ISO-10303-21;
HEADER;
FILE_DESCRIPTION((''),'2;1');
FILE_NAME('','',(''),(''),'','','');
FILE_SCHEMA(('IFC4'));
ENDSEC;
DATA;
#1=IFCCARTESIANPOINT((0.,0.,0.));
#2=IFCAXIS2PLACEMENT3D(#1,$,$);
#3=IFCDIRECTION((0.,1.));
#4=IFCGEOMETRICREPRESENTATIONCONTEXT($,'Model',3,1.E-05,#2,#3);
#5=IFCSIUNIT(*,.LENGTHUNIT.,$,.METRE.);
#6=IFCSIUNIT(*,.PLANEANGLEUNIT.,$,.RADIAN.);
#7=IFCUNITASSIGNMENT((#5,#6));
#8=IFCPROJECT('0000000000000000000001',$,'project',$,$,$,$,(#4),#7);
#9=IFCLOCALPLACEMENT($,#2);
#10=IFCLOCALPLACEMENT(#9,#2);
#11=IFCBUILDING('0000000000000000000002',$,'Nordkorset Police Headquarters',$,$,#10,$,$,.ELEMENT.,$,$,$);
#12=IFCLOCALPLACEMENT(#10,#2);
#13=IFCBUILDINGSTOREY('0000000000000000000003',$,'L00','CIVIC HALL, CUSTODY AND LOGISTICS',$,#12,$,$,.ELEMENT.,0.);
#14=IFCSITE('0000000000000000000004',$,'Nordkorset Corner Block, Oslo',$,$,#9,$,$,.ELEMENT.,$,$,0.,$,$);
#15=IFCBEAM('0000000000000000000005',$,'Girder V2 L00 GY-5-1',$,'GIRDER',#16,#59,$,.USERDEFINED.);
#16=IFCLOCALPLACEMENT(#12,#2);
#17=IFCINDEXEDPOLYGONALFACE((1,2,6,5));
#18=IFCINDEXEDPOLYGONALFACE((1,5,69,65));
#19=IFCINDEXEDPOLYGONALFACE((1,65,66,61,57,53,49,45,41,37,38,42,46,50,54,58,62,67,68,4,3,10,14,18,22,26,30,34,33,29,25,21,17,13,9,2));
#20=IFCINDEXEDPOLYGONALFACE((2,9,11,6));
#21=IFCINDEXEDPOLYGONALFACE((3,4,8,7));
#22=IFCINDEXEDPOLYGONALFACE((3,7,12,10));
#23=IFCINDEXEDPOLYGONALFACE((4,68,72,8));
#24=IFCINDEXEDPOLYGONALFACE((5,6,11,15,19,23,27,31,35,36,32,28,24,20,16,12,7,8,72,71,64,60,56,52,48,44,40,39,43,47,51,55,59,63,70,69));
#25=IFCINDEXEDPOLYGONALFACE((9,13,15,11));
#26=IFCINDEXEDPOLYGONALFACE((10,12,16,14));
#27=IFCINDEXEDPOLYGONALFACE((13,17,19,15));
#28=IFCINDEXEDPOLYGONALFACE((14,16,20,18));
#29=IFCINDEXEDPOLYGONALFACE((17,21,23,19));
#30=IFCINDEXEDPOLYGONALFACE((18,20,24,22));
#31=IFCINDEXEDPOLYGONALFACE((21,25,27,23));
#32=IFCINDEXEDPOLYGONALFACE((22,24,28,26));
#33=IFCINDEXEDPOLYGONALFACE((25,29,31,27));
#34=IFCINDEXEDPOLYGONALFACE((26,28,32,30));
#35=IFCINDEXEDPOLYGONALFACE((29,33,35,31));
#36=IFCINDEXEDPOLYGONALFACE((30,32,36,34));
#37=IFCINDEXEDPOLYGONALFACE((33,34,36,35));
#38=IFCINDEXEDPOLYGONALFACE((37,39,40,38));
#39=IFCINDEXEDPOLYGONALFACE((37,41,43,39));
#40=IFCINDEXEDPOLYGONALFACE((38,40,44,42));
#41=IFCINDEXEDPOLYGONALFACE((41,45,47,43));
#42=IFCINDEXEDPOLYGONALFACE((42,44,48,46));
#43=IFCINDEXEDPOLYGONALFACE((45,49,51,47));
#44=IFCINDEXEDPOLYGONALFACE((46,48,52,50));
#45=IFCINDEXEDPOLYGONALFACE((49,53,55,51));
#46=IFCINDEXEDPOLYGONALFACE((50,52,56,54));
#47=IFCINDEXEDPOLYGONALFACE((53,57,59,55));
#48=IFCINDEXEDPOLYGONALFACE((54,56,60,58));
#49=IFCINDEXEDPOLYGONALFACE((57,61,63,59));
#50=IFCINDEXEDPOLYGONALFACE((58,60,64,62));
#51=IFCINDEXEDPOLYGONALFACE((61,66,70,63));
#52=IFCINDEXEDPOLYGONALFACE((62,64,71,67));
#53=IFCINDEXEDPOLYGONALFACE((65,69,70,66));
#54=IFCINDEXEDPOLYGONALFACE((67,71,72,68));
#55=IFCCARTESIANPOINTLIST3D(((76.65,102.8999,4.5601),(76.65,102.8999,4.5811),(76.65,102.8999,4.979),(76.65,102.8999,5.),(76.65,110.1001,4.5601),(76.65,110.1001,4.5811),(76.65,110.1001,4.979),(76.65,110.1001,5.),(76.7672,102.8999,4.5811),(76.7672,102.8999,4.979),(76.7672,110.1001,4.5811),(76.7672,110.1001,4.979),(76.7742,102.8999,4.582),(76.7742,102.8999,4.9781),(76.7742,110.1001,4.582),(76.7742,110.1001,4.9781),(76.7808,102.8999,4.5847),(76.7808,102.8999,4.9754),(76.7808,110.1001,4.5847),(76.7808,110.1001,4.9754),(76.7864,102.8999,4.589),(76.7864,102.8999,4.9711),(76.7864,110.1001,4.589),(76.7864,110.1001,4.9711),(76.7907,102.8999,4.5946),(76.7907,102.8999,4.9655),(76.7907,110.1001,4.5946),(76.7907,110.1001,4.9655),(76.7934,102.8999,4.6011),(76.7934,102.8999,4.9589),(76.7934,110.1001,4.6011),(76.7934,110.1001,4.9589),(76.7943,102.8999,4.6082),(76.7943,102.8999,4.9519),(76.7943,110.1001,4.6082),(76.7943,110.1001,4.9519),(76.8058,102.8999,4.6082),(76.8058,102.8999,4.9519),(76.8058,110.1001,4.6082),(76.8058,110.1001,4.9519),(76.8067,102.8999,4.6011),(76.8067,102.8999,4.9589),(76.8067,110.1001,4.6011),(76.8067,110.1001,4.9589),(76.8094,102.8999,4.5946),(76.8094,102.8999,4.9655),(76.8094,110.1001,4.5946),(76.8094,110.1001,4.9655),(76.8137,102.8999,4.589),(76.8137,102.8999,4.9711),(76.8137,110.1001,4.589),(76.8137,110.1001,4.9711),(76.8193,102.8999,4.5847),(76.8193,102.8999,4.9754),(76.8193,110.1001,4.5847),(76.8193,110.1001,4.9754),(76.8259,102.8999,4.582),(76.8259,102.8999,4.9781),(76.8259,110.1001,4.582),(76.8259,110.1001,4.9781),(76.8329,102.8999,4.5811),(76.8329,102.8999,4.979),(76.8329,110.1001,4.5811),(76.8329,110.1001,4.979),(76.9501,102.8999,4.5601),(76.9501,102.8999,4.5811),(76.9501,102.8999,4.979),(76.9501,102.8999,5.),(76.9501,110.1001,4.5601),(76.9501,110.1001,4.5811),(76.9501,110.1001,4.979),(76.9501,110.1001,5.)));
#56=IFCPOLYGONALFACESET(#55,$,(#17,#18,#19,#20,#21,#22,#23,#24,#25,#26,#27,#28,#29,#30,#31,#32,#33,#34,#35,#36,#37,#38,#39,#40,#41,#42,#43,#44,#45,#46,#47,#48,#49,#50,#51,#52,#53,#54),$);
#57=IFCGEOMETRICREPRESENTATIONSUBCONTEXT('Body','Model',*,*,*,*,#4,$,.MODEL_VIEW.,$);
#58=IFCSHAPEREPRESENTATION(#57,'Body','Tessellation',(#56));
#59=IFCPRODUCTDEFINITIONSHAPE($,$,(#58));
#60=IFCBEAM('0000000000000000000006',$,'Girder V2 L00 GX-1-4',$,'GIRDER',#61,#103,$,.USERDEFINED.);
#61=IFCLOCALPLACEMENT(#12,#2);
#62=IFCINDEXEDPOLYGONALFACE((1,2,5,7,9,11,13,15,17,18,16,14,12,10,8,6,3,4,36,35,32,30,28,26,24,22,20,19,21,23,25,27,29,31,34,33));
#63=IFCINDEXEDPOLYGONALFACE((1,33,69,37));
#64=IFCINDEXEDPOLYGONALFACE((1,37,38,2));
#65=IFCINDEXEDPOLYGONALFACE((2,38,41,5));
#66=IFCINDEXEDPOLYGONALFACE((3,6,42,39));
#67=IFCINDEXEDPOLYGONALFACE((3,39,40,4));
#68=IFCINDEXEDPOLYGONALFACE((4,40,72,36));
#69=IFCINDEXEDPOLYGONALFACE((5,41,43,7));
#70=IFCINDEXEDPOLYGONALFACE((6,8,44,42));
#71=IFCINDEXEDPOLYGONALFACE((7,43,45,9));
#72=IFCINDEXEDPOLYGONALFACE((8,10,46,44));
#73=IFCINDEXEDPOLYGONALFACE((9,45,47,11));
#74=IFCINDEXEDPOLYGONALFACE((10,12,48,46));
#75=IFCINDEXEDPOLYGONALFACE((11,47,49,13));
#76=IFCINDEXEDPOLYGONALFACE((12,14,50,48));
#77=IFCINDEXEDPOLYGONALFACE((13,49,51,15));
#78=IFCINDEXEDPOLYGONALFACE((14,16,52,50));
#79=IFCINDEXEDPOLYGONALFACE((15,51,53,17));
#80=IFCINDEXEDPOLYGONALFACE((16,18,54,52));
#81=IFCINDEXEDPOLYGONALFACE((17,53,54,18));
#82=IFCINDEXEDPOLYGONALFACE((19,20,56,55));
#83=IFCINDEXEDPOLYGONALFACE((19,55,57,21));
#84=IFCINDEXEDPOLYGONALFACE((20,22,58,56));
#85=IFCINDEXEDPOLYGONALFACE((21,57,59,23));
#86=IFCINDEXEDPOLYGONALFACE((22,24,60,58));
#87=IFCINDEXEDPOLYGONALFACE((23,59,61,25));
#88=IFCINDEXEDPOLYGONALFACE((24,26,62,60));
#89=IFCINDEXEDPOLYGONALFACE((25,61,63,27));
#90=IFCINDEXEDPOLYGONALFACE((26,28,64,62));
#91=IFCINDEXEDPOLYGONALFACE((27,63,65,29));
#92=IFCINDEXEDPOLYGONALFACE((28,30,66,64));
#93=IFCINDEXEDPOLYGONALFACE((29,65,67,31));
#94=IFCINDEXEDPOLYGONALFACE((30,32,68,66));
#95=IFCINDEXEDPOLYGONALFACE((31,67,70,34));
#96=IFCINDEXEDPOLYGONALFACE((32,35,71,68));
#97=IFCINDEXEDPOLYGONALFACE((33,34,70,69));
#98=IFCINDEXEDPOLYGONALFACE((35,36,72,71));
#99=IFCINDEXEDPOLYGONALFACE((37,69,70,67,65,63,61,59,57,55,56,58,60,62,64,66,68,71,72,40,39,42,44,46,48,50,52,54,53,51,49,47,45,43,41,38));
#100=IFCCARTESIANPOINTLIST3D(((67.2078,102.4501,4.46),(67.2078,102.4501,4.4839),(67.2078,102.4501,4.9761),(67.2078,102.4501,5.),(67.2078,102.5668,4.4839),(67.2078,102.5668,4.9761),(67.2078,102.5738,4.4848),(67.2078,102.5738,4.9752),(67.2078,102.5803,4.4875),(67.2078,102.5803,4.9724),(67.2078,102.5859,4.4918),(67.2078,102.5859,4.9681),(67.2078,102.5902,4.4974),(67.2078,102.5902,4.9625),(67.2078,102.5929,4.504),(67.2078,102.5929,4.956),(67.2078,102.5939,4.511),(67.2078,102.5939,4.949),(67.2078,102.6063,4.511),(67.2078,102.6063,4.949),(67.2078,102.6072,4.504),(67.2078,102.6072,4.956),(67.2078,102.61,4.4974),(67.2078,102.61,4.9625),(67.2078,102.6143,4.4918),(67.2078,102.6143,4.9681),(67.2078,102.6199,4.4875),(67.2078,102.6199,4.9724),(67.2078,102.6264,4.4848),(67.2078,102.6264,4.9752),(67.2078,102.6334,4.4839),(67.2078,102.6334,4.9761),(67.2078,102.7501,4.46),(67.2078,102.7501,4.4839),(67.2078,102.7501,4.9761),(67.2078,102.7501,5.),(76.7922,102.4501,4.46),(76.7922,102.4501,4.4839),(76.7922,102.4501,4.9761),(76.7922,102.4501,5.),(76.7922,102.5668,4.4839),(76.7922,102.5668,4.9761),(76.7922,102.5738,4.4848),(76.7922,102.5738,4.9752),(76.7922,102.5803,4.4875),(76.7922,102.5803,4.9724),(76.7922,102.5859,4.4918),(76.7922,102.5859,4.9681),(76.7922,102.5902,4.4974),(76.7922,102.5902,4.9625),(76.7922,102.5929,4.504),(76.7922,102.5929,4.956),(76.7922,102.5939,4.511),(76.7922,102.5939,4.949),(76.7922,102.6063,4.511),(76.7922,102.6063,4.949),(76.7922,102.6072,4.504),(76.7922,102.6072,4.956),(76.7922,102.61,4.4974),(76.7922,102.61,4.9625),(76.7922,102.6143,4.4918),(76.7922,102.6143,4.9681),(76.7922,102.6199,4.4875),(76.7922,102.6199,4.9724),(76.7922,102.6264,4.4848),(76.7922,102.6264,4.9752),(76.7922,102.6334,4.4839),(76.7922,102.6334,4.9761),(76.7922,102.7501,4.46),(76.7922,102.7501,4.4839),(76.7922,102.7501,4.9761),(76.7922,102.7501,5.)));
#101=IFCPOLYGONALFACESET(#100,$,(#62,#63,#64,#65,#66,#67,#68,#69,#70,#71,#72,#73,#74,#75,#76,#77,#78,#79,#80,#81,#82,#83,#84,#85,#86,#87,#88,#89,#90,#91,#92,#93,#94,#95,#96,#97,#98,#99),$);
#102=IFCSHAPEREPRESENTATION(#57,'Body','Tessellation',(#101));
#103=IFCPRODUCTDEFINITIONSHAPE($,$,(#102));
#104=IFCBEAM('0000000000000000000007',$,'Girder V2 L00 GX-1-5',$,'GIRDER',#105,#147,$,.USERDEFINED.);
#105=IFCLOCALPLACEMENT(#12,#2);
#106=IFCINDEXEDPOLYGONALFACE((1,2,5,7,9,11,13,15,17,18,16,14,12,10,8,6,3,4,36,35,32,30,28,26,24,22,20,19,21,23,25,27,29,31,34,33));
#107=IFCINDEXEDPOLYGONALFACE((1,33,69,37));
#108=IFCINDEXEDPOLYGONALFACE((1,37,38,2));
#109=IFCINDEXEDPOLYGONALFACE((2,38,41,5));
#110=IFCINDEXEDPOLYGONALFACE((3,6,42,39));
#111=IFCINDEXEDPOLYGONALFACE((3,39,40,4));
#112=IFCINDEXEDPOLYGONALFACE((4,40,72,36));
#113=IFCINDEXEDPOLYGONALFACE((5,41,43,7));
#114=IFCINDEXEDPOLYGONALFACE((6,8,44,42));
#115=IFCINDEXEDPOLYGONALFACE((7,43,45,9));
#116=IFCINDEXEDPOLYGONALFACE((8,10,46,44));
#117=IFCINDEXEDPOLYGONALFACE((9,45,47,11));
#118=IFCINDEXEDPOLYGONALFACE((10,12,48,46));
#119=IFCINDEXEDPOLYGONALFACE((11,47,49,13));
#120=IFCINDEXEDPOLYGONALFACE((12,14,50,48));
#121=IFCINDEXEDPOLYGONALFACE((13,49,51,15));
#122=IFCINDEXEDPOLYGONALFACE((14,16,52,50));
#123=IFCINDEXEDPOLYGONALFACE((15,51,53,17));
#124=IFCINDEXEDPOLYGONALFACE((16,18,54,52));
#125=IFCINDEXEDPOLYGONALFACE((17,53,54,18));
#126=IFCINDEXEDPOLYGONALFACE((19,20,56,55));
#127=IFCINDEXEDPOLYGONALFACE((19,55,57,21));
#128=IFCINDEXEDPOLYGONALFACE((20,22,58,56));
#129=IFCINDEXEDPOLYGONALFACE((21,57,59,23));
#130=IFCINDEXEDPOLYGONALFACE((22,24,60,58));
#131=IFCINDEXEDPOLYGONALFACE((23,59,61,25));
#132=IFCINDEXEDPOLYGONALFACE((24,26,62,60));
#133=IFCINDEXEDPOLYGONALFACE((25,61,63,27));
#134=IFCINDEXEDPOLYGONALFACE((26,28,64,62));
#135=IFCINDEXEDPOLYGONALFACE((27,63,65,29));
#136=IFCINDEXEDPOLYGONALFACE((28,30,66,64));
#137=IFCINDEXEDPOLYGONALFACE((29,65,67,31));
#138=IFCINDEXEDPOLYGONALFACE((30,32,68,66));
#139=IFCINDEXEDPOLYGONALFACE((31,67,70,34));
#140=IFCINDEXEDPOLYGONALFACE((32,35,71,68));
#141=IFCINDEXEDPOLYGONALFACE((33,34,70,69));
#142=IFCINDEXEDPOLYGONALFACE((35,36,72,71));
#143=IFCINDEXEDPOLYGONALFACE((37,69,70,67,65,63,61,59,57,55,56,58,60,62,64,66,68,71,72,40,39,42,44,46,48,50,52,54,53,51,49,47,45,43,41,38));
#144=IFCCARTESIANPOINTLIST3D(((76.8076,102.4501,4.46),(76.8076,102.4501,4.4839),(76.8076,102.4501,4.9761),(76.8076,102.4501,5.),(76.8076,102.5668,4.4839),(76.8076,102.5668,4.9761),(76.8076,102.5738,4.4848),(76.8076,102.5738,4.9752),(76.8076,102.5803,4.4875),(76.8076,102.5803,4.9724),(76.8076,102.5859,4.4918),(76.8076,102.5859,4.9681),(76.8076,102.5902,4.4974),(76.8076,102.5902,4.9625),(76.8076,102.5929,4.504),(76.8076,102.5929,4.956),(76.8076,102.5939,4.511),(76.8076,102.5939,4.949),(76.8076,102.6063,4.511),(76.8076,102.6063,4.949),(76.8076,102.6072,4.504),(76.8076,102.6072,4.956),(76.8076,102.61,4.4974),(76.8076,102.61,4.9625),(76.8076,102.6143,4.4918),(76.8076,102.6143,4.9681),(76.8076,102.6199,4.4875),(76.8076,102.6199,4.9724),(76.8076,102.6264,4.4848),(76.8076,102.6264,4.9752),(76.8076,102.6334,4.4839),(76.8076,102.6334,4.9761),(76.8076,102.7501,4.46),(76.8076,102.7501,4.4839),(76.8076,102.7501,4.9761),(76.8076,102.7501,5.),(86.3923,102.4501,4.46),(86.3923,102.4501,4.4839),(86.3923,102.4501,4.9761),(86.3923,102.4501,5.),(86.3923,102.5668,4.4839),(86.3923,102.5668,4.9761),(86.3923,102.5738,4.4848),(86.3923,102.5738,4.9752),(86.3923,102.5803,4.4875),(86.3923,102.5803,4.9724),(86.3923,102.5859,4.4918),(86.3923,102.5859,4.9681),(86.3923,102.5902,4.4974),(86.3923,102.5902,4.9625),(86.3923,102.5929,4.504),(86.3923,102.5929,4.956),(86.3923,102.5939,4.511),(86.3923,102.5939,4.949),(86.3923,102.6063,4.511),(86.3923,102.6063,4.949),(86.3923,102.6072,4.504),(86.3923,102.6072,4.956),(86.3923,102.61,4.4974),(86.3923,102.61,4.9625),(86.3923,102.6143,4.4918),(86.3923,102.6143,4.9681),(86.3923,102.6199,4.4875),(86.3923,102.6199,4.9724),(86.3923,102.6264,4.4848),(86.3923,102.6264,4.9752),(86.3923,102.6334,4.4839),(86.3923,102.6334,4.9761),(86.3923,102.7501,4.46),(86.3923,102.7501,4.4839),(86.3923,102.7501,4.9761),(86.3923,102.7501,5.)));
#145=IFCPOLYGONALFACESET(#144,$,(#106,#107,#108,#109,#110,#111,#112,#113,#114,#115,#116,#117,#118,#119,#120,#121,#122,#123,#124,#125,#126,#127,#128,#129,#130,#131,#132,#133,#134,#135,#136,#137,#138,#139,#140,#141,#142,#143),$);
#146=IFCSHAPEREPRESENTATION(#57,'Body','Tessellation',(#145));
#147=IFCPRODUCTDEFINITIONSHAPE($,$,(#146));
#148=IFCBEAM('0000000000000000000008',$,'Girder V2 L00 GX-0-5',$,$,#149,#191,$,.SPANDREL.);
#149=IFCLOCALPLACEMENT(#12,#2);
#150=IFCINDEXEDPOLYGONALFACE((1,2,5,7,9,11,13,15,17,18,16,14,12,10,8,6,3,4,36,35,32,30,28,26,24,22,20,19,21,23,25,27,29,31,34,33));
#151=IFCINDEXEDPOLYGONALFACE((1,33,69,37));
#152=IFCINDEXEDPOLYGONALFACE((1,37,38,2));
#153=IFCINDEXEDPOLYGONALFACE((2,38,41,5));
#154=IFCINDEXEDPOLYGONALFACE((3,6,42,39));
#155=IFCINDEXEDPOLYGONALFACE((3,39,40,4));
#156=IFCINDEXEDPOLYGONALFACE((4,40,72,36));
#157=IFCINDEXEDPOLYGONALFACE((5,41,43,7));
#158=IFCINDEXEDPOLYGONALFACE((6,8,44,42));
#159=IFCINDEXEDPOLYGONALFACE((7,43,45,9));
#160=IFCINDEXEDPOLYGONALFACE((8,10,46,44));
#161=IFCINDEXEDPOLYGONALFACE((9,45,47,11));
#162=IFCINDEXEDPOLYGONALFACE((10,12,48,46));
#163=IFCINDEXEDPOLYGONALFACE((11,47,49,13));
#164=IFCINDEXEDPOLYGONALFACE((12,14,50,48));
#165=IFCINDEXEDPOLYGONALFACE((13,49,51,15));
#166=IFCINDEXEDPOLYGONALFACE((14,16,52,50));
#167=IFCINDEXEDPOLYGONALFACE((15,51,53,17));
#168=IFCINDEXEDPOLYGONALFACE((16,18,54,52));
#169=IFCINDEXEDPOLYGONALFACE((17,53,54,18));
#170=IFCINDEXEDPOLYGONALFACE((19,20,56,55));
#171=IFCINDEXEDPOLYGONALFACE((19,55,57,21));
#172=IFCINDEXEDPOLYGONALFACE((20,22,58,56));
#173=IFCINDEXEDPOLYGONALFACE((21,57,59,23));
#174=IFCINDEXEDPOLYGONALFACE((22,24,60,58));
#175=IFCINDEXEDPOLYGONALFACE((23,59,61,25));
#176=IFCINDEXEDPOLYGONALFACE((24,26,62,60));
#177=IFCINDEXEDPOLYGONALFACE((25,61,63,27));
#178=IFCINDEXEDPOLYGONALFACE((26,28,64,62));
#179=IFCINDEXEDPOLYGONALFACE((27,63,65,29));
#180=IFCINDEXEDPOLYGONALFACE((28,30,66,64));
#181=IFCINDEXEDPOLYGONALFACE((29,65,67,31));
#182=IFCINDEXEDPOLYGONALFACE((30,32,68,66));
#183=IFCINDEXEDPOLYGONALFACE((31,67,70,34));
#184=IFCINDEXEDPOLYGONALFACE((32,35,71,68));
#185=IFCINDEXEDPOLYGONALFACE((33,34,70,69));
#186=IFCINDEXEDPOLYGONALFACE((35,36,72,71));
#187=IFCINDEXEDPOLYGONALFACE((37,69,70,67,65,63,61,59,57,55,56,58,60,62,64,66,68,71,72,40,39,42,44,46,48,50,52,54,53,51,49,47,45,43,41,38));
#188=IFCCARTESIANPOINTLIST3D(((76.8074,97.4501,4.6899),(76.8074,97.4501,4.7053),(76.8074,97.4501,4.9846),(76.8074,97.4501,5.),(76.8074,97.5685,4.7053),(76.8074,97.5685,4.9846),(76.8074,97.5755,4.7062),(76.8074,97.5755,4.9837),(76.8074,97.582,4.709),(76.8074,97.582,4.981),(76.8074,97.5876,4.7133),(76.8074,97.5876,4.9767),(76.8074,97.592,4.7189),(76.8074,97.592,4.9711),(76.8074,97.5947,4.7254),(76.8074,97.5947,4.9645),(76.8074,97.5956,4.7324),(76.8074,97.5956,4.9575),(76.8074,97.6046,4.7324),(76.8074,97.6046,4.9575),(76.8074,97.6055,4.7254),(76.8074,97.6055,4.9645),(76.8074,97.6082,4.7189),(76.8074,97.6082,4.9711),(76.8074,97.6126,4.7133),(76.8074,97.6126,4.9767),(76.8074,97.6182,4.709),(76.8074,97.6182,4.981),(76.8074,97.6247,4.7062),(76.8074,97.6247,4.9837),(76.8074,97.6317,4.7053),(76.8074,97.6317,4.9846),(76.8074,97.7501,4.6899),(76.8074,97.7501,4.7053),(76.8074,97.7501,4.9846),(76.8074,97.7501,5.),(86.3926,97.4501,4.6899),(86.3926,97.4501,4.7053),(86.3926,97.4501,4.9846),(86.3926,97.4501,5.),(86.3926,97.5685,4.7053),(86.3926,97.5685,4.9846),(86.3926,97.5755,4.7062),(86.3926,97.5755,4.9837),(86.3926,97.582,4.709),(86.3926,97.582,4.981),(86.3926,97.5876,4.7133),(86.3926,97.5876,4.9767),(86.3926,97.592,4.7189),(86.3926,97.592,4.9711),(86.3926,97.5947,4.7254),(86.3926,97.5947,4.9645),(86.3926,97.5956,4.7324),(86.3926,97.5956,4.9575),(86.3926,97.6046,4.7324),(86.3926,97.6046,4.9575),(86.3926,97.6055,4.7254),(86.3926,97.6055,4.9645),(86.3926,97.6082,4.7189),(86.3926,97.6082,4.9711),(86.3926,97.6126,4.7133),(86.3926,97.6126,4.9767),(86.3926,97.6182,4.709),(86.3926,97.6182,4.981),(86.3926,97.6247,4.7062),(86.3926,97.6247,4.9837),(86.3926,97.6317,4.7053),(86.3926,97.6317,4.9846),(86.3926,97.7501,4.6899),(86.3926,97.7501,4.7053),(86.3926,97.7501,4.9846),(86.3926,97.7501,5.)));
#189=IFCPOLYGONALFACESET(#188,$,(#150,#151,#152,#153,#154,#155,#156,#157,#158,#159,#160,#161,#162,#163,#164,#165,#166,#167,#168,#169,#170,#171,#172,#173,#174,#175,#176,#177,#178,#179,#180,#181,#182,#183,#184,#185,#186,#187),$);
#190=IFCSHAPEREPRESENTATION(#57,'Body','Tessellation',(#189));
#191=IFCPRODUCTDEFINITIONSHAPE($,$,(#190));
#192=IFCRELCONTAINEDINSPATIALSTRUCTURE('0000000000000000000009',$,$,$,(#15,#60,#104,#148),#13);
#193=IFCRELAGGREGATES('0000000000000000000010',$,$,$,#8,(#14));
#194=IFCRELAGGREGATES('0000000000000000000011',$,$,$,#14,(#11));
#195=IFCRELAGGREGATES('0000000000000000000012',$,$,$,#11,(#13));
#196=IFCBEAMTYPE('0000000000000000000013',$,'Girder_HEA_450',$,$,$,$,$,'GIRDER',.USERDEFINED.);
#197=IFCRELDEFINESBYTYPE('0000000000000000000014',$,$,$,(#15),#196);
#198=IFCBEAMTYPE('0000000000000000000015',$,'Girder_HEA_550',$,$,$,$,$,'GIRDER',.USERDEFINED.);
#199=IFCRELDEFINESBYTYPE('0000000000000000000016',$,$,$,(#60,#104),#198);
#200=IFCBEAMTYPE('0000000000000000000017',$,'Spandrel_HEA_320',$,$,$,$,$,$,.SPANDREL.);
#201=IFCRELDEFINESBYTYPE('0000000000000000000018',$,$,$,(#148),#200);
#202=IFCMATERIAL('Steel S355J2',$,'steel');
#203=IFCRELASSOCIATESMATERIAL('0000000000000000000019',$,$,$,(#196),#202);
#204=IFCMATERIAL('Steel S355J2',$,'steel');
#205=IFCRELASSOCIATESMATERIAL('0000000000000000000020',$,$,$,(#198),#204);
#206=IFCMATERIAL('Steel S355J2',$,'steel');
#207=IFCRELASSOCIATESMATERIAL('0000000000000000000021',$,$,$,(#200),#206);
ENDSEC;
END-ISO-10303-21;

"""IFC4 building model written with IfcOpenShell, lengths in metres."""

from ifc_helpers import new_model, si_unit, direction, frame, origin, origin_2d, place, context, subcontext, project, spatial, i_section, extrude, material, material_profile, profile_set, type_object, element, save


model = new_model("IFC4")

# Units and contexts
model_context = context("Model", 3, precision=1e-05, world=origin(), true_north=direction((0.0, 1.0)))
body_context = subcontext(model_context, "Body", "Model", "MODEL_VIEW")
ifc_project = project(units=[si_unit("LENGTHUNIT", "METRE"), si_unit("PLANEANGLEUNIT", "RADIAN")], contexts=[model_context])

# Site, building, storey
site_placement = place(None, origin())
site = spatial("IfcSite", under=ifc_project, at=site_placement, Name="Nordkorset Corner Block, Oslo", CompositionType="ELEMENT", RefElevation=0.0)
building_placement = place(site_placement, origin())
building = spatial("IfcBuilding", under=site, at=building_placement, Name="Nordkorset Police Headquarters", CompositionType="ELEMENT")
storey_placement = place(building_placement, origin())
storey = spatial("IfcBuildingStorey", under=building, at=storey_placement, Name="L00", Description="CIVIC HALL, CUSTODY AND LOGISTICS", CompositionType="ELEMENT", Elevation=0.0)

# Beams
ifc_material_1 = material(Name="Steel S355J2", Category="steel")
ifc_material_profile_1 = material_profile(ifc_material_1, i_section(OverallWidth=0.3, OverallDepth=0.4399, WebThickness=0.0115, FlangeThickness=0.021, FilletRadius=0.0271, at=origin_2d()), Name="HEA 450")
ifc_profile_set_1 = profile_set([ifc_material_profile_1], Name="Steel S355J2")
beam_type_1 = type_object("IfcBeamType", Name="Girder_HEA_450", ElementType="GIRDER", PredefinedType="USERDEFINED", material=ifc_profile_set_1)
beam_1_placement = place(storey_placement, frame((76.8, 102.8999, 4.78), z_axis=(0.0, 1.0, 0.0), x_axis=(-1.0, 0.0, 0.0)))
element("IfcBeam", 1, at=beam_1_placement, inside=storey, type_object=beam_type_1, Name="Girder V2 L00 GY-5-1", ObjectType="GIRDER", PredefinedType="USERDEFINED", context=body_context, shape_type="SweptSolid", body=[
    extrude(i_section(OverallWidth=0.3, OverallDepth=0.4399, WebThickness=0.0115, FlangeThickness=0.021, FilletRadius=0.0271, at=origin_2d()), origin(), (0.0, 0.0, 1.0), 7.2002),
])
ifc_material_2 = material(Name="Steel S355J2", Category="steel")
ifc_material_profile_2 = material_profile(ifc_material_2, i_section(OverallWidth=0.3, OverallDepth=0.54, WebThickness=0.0125, FlangeThickness=0.0239, FilletRadius=0.0271, at=origin_2d()), Name="HEA 550")
ifc_profile_set_2 = profile_set([ifc_material_profile_2], Name="Steel S355J2")
beam_type_2 = type_object("IfcBeamType", Name="Girder_HEA_550", ElementType="GIRDER", PredefinedType="USERDEFINED", material=ifc_profile_set_2)
beam_2_placement = place(storey_placement, frame((67.2078, 102.6001, 4.73), z_axis=(1.0, 0.0, 0.0), x_axis=(0.0, 1.0, 0.0)))
element("IfcBeam", 2, at=beam_2_placement, inside=storey, type_object=beam_type_2, Name="Girder V2 L00 GX-1-4", ObjectType="GIRDER", PredefinedType="USERDEFINED", context=body_context, shape_type="SweptSolid", body=[
    extrude(i_section(OverallWidth=0.3, OverallDepth=0.54, WebThickness=0.0125, FlangeThickness=0.0239, FilletRadius=0.0271, at=origin_2d()), origin(), (0.0, 0.0, 1.0), 9.5845),
])
beam_3_placement = place(storey_placement, frame((76.8076, 102.6001, 4.73), z_axis=(1.0, 0.0, 0.0), x_axis=(0.0, 1.0, 0.0)))
element("IfcBeam", 3, at=beam_3_placement, inside=storey, type_object=beam_type_2, Name="Girder V2 L00 GX-1-5", ObjectType="GIRDER", PredefinedType="USERDEFINED", context=body_context, shape_type="SweptSolid", body=[
    extrude(i_section(OverallWidth=0.3, OverallDepth=0.54, WebThickness=0.0125, FlangeThickness=0.0239, FilletRadius=0.0271, at=origin_2d()), origin(), (0.0, 0.0, 1.0), 9.5847),
])
ifc_material_3 = material(Name="Steel S355J2", Category="steel")
ifc_material_profile_3 = material_profile(ifc_material_3, i_section(OverallWidth=0.3, OverallDepth=0.3101, WebThickness=0.009, FlangeThickness=0.0154, FilletRadius=0.0271, at=origin_2d()), Name="HEA 320")
ifc_profile_set_3 = profile_set([ifc_material_profile_3], Name="Steel S355J2")
beam_type_3 = type_object("IfcBeamType", Name="Spandrel_HEA_320", PredefinedType="SPANDREL", material=ifc_profile_set_3)
beam_4_placement = place(storey_placement, frame((76.8074, 97.6001, 4.845), z_axis=(1.0, 0.0, 0.0), x_axis=(0.0, 1.0, 0.0)))
element("IfcBeam", 4, at=beam_4_placement, inside=storey, type_object=beam_type_3, Name="Girder V2 L00 GX-0-5", PredefinedType="SPANDREL", context=body_context, shape_type="SweptSolid", body=[
    extrude(i_section(OverallWidth=0.3, OverallDepth=0.3101, WebThickness=0.009, FlangeThickness=0.0154, FilletRadius=0.0271, at=origin_2d()), origin(), (0.0, 0.0, 1.0), 9.5852),
])

save(model, "model.ifc")
